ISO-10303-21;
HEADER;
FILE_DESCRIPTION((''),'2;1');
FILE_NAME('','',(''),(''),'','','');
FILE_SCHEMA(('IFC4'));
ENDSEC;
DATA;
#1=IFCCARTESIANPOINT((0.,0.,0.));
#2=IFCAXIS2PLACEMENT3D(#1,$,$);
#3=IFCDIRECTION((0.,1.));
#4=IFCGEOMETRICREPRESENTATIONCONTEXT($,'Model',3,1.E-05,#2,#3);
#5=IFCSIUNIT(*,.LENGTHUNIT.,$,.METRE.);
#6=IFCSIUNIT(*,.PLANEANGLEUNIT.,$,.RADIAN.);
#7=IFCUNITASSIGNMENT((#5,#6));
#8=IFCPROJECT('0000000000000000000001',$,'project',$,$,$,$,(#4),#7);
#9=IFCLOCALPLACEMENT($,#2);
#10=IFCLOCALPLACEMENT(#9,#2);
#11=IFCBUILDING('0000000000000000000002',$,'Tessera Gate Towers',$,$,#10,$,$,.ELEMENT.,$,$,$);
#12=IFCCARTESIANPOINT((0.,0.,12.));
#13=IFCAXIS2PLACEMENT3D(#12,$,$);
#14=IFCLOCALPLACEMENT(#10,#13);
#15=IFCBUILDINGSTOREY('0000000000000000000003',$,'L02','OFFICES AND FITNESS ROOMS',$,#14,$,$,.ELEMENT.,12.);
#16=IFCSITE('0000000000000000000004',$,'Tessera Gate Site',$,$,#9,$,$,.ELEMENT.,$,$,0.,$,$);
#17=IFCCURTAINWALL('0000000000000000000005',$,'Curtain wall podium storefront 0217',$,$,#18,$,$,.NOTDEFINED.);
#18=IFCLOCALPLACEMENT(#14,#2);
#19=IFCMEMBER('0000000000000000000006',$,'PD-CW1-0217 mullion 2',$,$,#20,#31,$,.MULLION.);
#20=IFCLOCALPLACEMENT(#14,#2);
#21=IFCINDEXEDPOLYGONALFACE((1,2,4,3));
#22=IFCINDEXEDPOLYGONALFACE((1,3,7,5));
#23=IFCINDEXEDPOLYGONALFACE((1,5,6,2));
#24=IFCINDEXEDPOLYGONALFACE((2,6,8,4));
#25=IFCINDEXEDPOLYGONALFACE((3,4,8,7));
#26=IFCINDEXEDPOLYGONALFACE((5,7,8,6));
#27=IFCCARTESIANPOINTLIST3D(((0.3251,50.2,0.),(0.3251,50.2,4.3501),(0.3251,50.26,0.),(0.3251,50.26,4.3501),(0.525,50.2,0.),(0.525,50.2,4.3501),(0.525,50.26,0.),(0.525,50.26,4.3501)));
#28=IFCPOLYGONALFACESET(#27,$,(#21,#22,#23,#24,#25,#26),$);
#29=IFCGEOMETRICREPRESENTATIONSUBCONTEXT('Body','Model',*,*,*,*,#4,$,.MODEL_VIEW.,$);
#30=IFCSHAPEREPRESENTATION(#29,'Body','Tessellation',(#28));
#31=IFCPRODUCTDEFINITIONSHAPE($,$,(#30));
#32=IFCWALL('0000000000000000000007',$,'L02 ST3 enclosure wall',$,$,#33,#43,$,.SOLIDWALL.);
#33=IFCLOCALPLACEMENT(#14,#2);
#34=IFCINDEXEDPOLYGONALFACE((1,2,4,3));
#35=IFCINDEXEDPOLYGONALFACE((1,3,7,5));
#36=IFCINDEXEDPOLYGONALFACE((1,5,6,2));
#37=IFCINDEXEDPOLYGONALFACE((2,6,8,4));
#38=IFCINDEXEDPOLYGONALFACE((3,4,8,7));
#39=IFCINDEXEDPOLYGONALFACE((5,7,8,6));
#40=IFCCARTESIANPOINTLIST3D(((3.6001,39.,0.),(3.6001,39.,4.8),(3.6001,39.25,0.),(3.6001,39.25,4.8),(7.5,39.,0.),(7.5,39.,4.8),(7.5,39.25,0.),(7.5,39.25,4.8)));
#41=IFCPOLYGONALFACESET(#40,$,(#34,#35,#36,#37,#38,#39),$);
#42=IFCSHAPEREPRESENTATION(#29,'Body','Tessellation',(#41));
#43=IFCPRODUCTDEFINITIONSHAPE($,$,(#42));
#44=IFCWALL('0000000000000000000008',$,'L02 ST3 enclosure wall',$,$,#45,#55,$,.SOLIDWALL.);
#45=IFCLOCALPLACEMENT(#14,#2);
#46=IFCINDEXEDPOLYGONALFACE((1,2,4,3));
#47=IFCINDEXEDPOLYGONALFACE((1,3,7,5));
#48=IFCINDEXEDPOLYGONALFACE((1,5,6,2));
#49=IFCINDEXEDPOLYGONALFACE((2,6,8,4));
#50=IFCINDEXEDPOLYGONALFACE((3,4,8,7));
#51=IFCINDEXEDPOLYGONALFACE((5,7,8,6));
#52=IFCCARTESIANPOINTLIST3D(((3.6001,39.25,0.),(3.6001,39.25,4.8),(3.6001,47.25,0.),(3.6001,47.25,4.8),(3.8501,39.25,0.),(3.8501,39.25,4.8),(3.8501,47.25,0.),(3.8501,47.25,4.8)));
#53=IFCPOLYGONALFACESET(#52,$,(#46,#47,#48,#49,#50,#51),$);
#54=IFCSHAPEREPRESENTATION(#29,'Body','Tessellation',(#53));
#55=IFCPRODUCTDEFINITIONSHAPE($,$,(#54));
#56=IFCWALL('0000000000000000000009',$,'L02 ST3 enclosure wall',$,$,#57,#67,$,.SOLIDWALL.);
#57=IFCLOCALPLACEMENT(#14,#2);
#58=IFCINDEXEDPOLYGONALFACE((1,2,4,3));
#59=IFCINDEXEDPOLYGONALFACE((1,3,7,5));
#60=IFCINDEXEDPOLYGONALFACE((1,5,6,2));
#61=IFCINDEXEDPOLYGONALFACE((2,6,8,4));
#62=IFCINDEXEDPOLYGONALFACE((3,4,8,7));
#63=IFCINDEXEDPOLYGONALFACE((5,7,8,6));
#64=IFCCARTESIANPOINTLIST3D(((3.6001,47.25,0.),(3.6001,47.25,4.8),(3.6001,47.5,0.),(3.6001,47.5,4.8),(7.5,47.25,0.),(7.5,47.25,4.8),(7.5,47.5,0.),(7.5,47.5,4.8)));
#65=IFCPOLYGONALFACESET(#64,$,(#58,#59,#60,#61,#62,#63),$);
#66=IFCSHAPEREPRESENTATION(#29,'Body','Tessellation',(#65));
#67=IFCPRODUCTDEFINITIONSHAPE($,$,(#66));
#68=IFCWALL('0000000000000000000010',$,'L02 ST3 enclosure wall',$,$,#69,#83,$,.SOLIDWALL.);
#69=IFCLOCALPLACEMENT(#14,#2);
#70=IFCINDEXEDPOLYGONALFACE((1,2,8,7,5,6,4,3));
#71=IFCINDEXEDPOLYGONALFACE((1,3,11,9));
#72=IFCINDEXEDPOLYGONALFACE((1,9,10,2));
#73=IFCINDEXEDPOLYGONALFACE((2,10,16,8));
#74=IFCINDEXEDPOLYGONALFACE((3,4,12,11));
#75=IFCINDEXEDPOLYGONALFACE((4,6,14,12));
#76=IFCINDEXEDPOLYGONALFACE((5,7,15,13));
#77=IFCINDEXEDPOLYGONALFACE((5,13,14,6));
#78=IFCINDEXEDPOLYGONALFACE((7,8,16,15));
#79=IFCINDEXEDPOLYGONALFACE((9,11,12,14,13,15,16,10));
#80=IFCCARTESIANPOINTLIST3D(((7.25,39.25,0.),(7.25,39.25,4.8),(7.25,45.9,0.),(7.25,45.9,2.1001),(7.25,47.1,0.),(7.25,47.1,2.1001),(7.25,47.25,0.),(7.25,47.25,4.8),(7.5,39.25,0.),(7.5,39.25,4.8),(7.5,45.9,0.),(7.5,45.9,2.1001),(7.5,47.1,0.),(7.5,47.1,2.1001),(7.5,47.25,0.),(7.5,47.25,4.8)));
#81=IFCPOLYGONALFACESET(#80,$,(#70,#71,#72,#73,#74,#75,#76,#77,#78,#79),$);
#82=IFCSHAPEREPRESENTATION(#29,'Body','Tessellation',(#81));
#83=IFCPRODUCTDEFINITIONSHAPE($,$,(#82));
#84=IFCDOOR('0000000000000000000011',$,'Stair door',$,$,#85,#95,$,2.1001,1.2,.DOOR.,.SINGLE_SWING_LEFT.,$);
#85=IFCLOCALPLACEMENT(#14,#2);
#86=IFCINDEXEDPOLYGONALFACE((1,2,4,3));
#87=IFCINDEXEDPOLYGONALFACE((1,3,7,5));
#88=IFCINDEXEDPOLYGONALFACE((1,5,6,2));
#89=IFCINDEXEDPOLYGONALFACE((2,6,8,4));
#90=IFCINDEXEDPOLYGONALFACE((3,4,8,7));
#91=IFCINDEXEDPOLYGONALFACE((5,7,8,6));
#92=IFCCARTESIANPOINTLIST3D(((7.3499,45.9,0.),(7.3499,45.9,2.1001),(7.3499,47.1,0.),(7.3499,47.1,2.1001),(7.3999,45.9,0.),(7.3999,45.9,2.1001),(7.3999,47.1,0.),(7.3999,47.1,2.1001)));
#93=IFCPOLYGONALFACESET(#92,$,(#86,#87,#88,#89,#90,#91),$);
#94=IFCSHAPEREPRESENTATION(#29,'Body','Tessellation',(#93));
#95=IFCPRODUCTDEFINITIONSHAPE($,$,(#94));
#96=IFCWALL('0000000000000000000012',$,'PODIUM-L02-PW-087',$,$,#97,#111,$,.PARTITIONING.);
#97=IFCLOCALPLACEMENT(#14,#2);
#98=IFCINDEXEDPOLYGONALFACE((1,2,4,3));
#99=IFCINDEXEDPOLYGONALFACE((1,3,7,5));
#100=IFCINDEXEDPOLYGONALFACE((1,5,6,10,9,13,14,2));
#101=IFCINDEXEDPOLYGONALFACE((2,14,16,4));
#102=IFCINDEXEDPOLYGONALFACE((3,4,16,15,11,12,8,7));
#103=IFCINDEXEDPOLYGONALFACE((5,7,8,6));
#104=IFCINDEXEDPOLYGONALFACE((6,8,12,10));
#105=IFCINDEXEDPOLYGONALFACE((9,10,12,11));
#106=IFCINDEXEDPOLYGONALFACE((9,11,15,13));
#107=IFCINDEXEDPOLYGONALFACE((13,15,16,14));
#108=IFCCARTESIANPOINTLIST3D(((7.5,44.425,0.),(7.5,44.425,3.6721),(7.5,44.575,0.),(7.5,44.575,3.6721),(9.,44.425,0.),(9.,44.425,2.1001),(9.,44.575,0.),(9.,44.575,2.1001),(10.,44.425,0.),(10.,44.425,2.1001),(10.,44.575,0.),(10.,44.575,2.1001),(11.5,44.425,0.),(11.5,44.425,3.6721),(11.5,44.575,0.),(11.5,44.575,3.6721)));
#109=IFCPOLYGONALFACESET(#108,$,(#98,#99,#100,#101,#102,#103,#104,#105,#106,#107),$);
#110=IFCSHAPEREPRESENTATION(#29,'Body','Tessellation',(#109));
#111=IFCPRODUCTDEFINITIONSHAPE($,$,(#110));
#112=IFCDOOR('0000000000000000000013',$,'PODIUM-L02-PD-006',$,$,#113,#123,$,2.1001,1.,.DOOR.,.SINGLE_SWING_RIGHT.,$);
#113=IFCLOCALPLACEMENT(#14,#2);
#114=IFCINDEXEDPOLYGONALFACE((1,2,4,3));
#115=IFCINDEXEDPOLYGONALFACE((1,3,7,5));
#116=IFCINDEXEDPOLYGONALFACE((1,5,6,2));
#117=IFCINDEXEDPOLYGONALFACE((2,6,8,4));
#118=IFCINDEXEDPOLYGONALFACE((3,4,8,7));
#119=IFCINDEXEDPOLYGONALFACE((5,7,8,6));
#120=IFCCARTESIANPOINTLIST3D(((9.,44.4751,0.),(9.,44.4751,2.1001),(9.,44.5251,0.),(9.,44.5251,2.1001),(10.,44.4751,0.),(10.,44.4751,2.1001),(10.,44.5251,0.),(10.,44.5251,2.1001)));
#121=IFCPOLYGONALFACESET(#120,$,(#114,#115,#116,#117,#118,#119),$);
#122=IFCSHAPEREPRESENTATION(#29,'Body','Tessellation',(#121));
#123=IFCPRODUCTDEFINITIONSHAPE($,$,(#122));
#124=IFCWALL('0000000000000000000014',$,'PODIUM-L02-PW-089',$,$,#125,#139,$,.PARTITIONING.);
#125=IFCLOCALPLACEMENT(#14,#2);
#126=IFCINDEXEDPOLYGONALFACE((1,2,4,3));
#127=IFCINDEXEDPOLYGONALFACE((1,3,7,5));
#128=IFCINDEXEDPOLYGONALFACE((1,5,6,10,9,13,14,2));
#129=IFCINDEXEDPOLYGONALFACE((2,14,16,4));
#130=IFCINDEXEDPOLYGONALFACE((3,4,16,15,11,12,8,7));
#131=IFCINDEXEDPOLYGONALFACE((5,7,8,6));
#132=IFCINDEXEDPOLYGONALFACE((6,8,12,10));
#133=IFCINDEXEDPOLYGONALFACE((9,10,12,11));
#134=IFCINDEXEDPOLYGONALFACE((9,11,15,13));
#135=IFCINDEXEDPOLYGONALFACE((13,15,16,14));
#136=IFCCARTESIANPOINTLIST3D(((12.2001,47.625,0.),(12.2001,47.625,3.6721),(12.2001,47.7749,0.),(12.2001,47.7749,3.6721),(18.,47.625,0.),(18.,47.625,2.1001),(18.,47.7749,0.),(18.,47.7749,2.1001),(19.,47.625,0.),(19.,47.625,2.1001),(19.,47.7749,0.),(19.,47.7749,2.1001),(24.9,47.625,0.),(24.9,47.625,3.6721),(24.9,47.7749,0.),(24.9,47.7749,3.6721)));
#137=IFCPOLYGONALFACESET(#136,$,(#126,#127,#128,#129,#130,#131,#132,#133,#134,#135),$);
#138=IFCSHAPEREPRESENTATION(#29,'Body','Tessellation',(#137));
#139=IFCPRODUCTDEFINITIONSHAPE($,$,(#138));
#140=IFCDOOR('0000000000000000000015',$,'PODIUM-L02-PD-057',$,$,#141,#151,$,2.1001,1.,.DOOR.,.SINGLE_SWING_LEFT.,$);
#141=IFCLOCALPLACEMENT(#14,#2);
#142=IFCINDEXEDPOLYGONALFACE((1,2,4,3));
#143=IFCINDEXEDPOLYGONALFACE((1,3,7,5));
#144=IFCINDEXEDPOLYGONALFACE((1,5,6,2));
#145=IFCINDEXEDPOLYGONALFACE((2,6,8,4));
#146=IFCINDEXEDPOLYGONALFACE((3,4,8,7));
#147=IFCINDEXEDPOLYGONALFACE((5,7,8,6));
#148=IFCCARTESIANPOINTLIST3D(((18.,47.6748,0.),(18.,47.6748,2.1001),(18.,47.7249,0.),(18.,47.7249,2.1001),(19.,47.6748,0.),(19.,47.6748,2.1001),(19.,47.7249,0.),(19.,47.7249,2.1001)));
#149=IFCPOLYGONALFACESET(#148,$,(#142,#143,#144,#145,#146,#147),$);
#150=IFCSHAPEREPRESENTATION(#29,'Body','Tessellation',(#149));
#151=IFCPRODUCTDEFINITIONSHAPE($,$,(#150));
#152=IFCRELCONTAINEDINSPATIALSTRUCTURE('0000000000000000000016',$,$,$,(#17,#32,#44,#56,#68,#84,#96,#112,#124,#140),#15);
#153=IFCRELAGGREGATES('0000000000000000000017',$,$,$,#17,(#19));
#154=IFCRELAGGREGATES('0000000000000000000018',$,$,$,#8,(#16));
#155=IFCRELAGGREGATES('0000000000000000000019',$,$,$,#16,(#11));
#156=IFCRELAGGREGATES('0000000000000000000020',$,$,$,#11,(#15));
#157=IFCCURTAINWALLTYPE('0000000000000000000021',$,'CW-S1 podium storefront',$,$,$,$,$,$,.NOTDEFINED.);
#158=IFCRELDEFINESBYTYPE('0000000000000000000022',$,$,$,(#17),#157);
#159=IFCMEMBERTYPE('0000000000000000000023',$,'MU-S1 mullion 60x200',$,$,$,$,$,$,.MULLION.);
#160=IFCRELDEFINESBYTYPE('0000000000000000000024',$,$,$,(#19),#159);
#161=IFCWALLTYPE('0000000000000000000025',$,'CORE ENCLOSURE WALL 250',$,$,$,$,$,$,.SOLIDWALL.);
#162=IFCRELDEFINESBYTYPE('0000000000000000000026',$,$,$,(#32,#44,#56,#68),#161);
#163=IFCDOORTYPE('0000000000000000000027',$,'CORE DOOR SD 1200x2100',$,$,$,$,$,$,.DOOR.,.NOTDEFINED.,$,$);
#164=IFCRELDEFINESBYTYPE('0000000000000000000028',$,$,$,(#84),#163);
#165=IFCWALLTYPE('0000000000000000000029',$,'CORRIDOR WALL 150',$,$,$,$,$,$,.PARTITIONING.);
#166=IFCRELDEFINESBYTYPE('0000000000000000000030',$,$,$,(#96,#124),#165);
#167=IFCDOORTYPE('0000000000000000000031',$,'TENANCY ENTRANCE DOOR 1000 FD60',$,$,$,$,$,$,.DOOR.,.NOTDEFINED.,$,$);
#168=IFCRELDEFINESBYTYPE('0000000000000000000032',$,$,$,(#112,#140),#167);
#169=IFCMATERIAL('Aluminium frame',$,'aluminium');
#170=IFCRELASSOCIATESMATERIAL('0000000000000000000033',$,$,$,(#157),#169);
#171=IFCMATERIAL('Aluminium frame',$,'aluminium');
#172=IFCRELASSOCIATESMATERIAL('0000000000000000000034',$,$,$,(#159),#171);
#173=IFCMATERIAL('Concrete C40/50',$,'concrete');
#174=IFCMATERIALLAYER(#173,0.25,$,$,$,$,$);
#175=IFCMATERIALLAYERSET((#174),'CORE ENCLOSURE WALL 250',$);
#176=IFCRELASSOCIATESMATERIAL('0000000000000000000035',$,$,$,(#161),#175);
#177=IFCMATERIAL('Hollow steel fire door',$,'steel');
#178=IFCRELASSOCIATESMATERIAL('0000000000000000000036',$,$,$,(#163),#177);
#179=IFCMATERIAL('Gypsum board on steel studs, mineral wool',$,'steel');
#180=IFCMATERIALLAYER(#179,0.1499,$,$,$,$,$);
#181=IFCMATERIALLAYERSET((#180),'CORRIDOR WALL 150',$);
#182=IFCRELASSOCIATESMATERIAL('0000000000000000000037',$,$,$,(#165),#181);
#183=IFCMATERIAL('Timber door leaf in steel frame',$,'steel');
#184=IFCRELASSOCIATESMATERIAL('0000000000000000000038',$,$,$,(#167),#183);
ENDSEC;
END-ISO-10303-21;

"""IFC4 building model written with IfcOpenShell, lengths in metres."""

from ifc_helpers import new_model, si_unit, direction, frame, frame_2d, origin, origin_2d, place, context, subcontext, project, spatial, rectangle, extrude, source, transform, mapped, material, layer, layer_set, material_profile, profile_set, type_object, element, fill, aggregate, save


model = new_model("IFC4")

# Units and contexts
model_context = context("Model", 3, precision=1e-05, world=origin(), true_north=direction((0.0, 1.0)))
body_context = subcontext(model_context, "Body", "Model", "MODEL_VIEW")
ifc_project = project(units=[si_unit("LENGTHUNIT", "METRE"), si_unit("PLANEANGLEUNIT", "RADIAN")], contexts=[model_context])

# Site, building, storey
site_placement = place(None, origin())
site = spatial("IfcSite", under=ifc_project, at=site_placement, Name="Tessera Gate Site", CompositionType="ELEMENT", RefElevation=0.0)
building_placement = place(site_placement, origin())
building = spatial("IfcBuilding", under=site, at=building_placement, Name="Tessera Gate Towers", CompositionType="ELEMENT")
storey_placement = place(building_placement, frame((0.0, 0.0, 12.0)))
storey = spatial("IfcBuildingStorey", under=building, at=storey_placement, Name="L02", Description="OFFICES AND FITNESS ROOMS", CompositionType="ELEMENT", Elevation=12.0)

# Curtain wall, member
ifc_material_1 = material(Name="Aluminium frame", Category="aluminium")
curtain_wall_type = type_object("IfcCurtainWallType", Name="CW-S1 podium storefront", PredefinedType="NOTDEFINED", material=ifc_material_1)
curtain_wall_placement = place(storey_placement, origin())
curtain_wall = element("IfcCurtainWall", 1, at=curtain_wall_placement, inside=storey, type_object=curtain_wall_type, Name="Curtain wall podium storefront 0217", PredefinedType="NOTDEFINED")
ifc_material_2 = material(Name="Aluminium frame", Category="aluminium")
ifc_material_profile_1 = material_profile(ifc_material_2, rectangle(XDim=0.0601, YDim=0.2, at=origin_2d()), Name="AL 60x200")
ifc_profile_set_1 = profile_set([ifc_material_profile_1], Name="Aluminium frame")
member_type = type_object("IfcMemberType", Name="MU-S1 mullion 60x200", PredefinedType="MULLION", material=ifc_profile_set_1)
member_placement = place(storey_placement, frame((0.425, 50.23, 0.0), z_axis=(0.0, 0.0, 1.0), x_axis=(0.0, -1.0, 0.0)))
member = element("IfcMember", 2, at=member_placement, type_object=member_type, Name="PD-CW1-0217 mullion 2", PredefinedType="MULLION", context=body_context, shape_type="SweptSolid", body=[
    extrude(rectangle(XDim=0.0601, YDim=0.2, at=origin_2d()), origin(), (0.0, 0.0, 1.0), 4.3501),
])
aggregate(curtain_wall, [member])

# Walls
ifc_material_3 = material(Name="Concrete C40/50", Category="concrete")
ifc_layer_1 = layer(ifc_material_3, 0.25)
ifc_layer_set_1 = layer_set([ifc_layer_1], Name="CORE ENCLOSURE WALL 250")
wall_type_1 = type_object("IfcWallType", Name="CORE ENCLOSURE WALL 250", PredefinedType="SOLIDWALL", material=ifc_layer_set_1)
wall_1_placement = place(storey_placement, frame((7.5, 39.125, 0.0), z_axis=(0.0, 0.0, 1.0), x_axis=(-1.0, 0.0, 0.0)))
element("IfcWall", 3, at=wall_1_placement, inside=storey, type_object=wall_type_1, Name="L02 ST3 enclosure wall", PredefinedType="SOLIDWALL", context=body_context, shape_type="SweptSolid", body=[
    extrude(rectangle(XDim=3.8999, YDim=0.25, at=frame_2d((1.95, 0.0))), origin(), (0.0, 0.0, 1.0), 4.8),
])
wall_2_placement = place(storey_placement, frame((3.7251, 39.25, 0.0), z_axis=(0.0, 0.0, 1.0), x_axis=(0.0, 1.0, 0.0)))
element("IfcWall", 4, at=wall_2_placement, inside=storey, type_object=wall_type_1, Name="L02 ST3 enclosure wall", PredefinedType="SOLIDWALL", context=body_context, shape_type="SweptSolid", body=[
    extrude(rectangle(XDim=8.0, YDim=0.25, at=frame_2d((4.0, 0.0))), origin(), (0.0, 0.0, 1.0), 4.8),
])
wall_3_placement = place(storey_placement, frame((3.6001, 47.375, 0.0), z_axis=(0.0, 0.0, 1.0), x_axis=(1.0, 0.0, 0.0)))
element("IfcWall", 5, at=wall_3_placement, inside=storey, type_object=wall_type_1, Name="L02 ST3 enclosure wall", PredefinedType="SOLIDWALL", context=body_context, shape_type="SweptSolid", body=[
    extrude(rectangle(XDim=3.8999, YDim=0.25, at=frame_2d((1.95, 0.0))), origin(), (0.0, 0.0, 1.0), 4.8),
])

# Walls, openings, doors
wall_4_placement = place(storey_placement, frame((7.375, 47.25, 0.0), z_axis=(0.0, 0.0, 1.0), x_axis=(0.0, -1.0, 0.0)))
wall_4 = element("IfcWall", 6, at=wall_4_placement, inside=storey, type_object=wall_type_1, Name="L02 ST3 enclosure wall", PredefinedType="SOLIDWALL", context=body_context, shape_type="SweptSolid", body=[
    extrude(rectangle(XDim=8.0, YDim=0.25, at=frame_2d((4.0, 0.0))), origin(), (0.0, 0.0, 1.0), 4.8),
])
shared_shape_1 = source(origin(), body_context, "Body", "SweptSolid", [
    extrude(rectangle(XDim=1.2, YDim=2.1001, at=frame_2d((0.6001, 1.05))), frame((0.0, 0.135, 0.0), z_axis=(0.0, -1.0, 0.0), x_axis=(1.0, 0.0, 0.0)), (0.0, 0.0, 1.0), 0.27),
])
opening_1_placement = place(wall_4_placement, frame((0.1499, 0.0, 0.0)))
opening_1 = element("IfcOpeningElement", 7, at=opening_1_placement, cuts=wall_4, PredefinedType="OPENING", context=body_context, shape_type="MappedRepresentation", body=[
    mapped(shared_shape_1, transform((0.0, 0.0, 0.0), scale=1.0)),
])
ifc_material_4 = material(Name="Hollow steel fire door", Category="steel")
door_type_1 = type_object("IfcDoorType", Name="CORE DOOR SD 1200x2100", OperationType="NOTDEFINED", PredefinedType="DOOR", material=ifc_material_4)
shared_shape_2 = source(origin(), body_context, "Body", "SweptSolid", [
    extrude(rectangle(XDim=1.2, YDim=2.1001, at=frame_2d((0.6001, 1.05))), frame((0.0, 0.0249, 0.0), z_axis=(0.0, -1.0, 0.0), x_axis=(1.0, 0.0, 0.0)), (0.0, 0.0, 1.0), 0.05),
])
door_1_placement = place(opening_1_placement, origin())
door_1 = element("IfcDoor", 8, at=door_1_placement, inside=storey, type_object=door_type_1, Name="Stair door", OperationType="SINGLE_SWING_LEFT", OverallHeight=2.1001, OverallWidth=1.2, PredefinedType="DOOR", context=body_context, shape_type="MappedRepresentation", body=[
    mapped(shared_shape_2, transform((0.0, 0.0, 0.0), scale=1.0)),
])
fill(opening_1, door_1)
ifc_material_5 = material(Name="Gypsum board on steel studs, mineral wool", Category="steel")
ifc_layer_2 = layer(ifc_material_5, 0.1499)
ifc_layer_set_2 = layer_set([ifc_layer_2], Name="CORRIDOR WALL 150")
wall_type_2 = type_object("IfcWallType", Name="CORRIDOR WALL 150", PredefinedType="PARTITIONING", material=ifc_layer_set_2)
wall_5_placement = place(storey_placement, frame((11.5, 44.5, 0.0), z_axis=(0.0, 0.0, 1.0), x_axis=(-1.0, 0.0, 0.0)))
wall_5 = element("IfcWall", 9, at=wall_5_placement, inside=storey, type_object=wall_type_2, Name="PODIUM-L02-PW-087", PredefinedType="PARTITIONING", context=body_context, shape_type="SweptSolid", body=[
    extrude(rectangle(XDim=4.0, YDim=0.1499, at=frame_2d((2.0, 0.0))), origin(), (0.0, 0.0, 1.0), 3.6721),
])
shared_shape_3 = source(origin(), body_context, "Body", "SweptSolid", [
    extrude(rectangle(XDim=1.0, YDim=2.1001, at=frame_2d((0.5, 1.05))), frame((0.0, 0.085, 0.0), z_axis=(0.0, -1.0, 0.0), x_axis=(1.0, 0.0, 0.0)), (0.0, 0.0, 1.0), 0.1699),
])
opening_2_placement = place(wall_5_placement, frame((1.5, 0.0, 0.0)))
opening_2 = element("IfcOpeningElement", 10, at=opening_2_placement, cuts=wall_5, PredefinedType="OPENING", context=body_context, shape_type="MappedRepresentation", body=[
    mapped(shared_shape_3, transform((0.0, 0.0, 0.0), scale=1.0)),
])
ifc_material_6 = material(Name="Timber door leaf in steel frame", Category="steel")
door_type_2 = type_object("IfcDoorType", Name="TENANCY ENTRANCE DOOR 1000 FD60", OperationType="NOTDEFINED", PredefinedType="DOOR", material=ifc_material_6)
shared_shape_4 = source(origin(), body_context, "Body", "SweptSolid", [
    extrude(rectangle(XDim=1.0, YDim=2.1001, at=frame_2d((0.5, 1.05))), frame((0.0, 0.0249, 0.0), z_axis=(0.0, -1.0, 0.0), x_axis=(1.0, 0.0, 0.0)), (0.0, 0.0, 1.0), 0.05),
])
door_2_placement = place(opening_2_placement, origin())
door_2 = element("IfcDoor", 11, at=door_2_placement, inside=storey, type_object=door_type_2, Name="PODIUM-L02-PD-006", OperationType="SINGLE_SWING_RIGHT", OverallHeight=2.1001, OverallWidth=1.0, PredefinedType="DOOR", context=body_context, shape_type="MappedRepresentation", body=[
    mapped(shared_shape_4, transform((0.0, 0.0, 0.0), scale=1.0)),
])
fill(opening_2, door_2)
wall_6_placement = place(storey_placement, frame((12.2, 47.7, 0.0), z_axis=(0.0, 0.0, 1.0), x_axis=(1.0, 0.0, 0.0)))
wall_6 = element("IfcWall", 12, at=wall_6_placement, inside=storey, type_object=wall_type_2, Name="PODIUM-L02-PW-089", PredefinedType="PARTITIONING", context=body_context, shape_type="SweptSolid", body=[
    extrude(rectangle(XDim=12.7, YDim=0.1499, at=frame_2d((6.3501, 0.0))), origin(), (0.0, 0.0, 1.0), 3.6721),
])
opening_3_placement = place(wall_6_placement, frame((5.8, 0.0, 0.0)))
opening_3 = element("IfcOpeningElement", 13, at=opening_3_placement, cuts=wall_6, PredefinedType="OPENING", context=body_context, shape_type="MappedRepresentation", body=[
    mapped(shared_shape_3, transform((0.0, 0.0, 0.0), scale=1.0)),
])
door_3_placement = place(opening_3_placement, origin())
door_3 = element("IfcDoor", 14, at=door_3_placement, inside=storey, type_object=door_type_2, Name="PODIUM-L02-PD-057", OperationType="SINGLE_SWING_LEFT", OverallHeight=2.1001, OverallWidth=1.0, PredefinedType="DOOR", context=body_context, shape_type="MappedRepresentation", body=[
    mapped(shared_shape_4, transform((0.0, 0.0, 0.0), scale=1.0)),
])
fill(opening_3, door_3)

save(model, "model.ifc")
